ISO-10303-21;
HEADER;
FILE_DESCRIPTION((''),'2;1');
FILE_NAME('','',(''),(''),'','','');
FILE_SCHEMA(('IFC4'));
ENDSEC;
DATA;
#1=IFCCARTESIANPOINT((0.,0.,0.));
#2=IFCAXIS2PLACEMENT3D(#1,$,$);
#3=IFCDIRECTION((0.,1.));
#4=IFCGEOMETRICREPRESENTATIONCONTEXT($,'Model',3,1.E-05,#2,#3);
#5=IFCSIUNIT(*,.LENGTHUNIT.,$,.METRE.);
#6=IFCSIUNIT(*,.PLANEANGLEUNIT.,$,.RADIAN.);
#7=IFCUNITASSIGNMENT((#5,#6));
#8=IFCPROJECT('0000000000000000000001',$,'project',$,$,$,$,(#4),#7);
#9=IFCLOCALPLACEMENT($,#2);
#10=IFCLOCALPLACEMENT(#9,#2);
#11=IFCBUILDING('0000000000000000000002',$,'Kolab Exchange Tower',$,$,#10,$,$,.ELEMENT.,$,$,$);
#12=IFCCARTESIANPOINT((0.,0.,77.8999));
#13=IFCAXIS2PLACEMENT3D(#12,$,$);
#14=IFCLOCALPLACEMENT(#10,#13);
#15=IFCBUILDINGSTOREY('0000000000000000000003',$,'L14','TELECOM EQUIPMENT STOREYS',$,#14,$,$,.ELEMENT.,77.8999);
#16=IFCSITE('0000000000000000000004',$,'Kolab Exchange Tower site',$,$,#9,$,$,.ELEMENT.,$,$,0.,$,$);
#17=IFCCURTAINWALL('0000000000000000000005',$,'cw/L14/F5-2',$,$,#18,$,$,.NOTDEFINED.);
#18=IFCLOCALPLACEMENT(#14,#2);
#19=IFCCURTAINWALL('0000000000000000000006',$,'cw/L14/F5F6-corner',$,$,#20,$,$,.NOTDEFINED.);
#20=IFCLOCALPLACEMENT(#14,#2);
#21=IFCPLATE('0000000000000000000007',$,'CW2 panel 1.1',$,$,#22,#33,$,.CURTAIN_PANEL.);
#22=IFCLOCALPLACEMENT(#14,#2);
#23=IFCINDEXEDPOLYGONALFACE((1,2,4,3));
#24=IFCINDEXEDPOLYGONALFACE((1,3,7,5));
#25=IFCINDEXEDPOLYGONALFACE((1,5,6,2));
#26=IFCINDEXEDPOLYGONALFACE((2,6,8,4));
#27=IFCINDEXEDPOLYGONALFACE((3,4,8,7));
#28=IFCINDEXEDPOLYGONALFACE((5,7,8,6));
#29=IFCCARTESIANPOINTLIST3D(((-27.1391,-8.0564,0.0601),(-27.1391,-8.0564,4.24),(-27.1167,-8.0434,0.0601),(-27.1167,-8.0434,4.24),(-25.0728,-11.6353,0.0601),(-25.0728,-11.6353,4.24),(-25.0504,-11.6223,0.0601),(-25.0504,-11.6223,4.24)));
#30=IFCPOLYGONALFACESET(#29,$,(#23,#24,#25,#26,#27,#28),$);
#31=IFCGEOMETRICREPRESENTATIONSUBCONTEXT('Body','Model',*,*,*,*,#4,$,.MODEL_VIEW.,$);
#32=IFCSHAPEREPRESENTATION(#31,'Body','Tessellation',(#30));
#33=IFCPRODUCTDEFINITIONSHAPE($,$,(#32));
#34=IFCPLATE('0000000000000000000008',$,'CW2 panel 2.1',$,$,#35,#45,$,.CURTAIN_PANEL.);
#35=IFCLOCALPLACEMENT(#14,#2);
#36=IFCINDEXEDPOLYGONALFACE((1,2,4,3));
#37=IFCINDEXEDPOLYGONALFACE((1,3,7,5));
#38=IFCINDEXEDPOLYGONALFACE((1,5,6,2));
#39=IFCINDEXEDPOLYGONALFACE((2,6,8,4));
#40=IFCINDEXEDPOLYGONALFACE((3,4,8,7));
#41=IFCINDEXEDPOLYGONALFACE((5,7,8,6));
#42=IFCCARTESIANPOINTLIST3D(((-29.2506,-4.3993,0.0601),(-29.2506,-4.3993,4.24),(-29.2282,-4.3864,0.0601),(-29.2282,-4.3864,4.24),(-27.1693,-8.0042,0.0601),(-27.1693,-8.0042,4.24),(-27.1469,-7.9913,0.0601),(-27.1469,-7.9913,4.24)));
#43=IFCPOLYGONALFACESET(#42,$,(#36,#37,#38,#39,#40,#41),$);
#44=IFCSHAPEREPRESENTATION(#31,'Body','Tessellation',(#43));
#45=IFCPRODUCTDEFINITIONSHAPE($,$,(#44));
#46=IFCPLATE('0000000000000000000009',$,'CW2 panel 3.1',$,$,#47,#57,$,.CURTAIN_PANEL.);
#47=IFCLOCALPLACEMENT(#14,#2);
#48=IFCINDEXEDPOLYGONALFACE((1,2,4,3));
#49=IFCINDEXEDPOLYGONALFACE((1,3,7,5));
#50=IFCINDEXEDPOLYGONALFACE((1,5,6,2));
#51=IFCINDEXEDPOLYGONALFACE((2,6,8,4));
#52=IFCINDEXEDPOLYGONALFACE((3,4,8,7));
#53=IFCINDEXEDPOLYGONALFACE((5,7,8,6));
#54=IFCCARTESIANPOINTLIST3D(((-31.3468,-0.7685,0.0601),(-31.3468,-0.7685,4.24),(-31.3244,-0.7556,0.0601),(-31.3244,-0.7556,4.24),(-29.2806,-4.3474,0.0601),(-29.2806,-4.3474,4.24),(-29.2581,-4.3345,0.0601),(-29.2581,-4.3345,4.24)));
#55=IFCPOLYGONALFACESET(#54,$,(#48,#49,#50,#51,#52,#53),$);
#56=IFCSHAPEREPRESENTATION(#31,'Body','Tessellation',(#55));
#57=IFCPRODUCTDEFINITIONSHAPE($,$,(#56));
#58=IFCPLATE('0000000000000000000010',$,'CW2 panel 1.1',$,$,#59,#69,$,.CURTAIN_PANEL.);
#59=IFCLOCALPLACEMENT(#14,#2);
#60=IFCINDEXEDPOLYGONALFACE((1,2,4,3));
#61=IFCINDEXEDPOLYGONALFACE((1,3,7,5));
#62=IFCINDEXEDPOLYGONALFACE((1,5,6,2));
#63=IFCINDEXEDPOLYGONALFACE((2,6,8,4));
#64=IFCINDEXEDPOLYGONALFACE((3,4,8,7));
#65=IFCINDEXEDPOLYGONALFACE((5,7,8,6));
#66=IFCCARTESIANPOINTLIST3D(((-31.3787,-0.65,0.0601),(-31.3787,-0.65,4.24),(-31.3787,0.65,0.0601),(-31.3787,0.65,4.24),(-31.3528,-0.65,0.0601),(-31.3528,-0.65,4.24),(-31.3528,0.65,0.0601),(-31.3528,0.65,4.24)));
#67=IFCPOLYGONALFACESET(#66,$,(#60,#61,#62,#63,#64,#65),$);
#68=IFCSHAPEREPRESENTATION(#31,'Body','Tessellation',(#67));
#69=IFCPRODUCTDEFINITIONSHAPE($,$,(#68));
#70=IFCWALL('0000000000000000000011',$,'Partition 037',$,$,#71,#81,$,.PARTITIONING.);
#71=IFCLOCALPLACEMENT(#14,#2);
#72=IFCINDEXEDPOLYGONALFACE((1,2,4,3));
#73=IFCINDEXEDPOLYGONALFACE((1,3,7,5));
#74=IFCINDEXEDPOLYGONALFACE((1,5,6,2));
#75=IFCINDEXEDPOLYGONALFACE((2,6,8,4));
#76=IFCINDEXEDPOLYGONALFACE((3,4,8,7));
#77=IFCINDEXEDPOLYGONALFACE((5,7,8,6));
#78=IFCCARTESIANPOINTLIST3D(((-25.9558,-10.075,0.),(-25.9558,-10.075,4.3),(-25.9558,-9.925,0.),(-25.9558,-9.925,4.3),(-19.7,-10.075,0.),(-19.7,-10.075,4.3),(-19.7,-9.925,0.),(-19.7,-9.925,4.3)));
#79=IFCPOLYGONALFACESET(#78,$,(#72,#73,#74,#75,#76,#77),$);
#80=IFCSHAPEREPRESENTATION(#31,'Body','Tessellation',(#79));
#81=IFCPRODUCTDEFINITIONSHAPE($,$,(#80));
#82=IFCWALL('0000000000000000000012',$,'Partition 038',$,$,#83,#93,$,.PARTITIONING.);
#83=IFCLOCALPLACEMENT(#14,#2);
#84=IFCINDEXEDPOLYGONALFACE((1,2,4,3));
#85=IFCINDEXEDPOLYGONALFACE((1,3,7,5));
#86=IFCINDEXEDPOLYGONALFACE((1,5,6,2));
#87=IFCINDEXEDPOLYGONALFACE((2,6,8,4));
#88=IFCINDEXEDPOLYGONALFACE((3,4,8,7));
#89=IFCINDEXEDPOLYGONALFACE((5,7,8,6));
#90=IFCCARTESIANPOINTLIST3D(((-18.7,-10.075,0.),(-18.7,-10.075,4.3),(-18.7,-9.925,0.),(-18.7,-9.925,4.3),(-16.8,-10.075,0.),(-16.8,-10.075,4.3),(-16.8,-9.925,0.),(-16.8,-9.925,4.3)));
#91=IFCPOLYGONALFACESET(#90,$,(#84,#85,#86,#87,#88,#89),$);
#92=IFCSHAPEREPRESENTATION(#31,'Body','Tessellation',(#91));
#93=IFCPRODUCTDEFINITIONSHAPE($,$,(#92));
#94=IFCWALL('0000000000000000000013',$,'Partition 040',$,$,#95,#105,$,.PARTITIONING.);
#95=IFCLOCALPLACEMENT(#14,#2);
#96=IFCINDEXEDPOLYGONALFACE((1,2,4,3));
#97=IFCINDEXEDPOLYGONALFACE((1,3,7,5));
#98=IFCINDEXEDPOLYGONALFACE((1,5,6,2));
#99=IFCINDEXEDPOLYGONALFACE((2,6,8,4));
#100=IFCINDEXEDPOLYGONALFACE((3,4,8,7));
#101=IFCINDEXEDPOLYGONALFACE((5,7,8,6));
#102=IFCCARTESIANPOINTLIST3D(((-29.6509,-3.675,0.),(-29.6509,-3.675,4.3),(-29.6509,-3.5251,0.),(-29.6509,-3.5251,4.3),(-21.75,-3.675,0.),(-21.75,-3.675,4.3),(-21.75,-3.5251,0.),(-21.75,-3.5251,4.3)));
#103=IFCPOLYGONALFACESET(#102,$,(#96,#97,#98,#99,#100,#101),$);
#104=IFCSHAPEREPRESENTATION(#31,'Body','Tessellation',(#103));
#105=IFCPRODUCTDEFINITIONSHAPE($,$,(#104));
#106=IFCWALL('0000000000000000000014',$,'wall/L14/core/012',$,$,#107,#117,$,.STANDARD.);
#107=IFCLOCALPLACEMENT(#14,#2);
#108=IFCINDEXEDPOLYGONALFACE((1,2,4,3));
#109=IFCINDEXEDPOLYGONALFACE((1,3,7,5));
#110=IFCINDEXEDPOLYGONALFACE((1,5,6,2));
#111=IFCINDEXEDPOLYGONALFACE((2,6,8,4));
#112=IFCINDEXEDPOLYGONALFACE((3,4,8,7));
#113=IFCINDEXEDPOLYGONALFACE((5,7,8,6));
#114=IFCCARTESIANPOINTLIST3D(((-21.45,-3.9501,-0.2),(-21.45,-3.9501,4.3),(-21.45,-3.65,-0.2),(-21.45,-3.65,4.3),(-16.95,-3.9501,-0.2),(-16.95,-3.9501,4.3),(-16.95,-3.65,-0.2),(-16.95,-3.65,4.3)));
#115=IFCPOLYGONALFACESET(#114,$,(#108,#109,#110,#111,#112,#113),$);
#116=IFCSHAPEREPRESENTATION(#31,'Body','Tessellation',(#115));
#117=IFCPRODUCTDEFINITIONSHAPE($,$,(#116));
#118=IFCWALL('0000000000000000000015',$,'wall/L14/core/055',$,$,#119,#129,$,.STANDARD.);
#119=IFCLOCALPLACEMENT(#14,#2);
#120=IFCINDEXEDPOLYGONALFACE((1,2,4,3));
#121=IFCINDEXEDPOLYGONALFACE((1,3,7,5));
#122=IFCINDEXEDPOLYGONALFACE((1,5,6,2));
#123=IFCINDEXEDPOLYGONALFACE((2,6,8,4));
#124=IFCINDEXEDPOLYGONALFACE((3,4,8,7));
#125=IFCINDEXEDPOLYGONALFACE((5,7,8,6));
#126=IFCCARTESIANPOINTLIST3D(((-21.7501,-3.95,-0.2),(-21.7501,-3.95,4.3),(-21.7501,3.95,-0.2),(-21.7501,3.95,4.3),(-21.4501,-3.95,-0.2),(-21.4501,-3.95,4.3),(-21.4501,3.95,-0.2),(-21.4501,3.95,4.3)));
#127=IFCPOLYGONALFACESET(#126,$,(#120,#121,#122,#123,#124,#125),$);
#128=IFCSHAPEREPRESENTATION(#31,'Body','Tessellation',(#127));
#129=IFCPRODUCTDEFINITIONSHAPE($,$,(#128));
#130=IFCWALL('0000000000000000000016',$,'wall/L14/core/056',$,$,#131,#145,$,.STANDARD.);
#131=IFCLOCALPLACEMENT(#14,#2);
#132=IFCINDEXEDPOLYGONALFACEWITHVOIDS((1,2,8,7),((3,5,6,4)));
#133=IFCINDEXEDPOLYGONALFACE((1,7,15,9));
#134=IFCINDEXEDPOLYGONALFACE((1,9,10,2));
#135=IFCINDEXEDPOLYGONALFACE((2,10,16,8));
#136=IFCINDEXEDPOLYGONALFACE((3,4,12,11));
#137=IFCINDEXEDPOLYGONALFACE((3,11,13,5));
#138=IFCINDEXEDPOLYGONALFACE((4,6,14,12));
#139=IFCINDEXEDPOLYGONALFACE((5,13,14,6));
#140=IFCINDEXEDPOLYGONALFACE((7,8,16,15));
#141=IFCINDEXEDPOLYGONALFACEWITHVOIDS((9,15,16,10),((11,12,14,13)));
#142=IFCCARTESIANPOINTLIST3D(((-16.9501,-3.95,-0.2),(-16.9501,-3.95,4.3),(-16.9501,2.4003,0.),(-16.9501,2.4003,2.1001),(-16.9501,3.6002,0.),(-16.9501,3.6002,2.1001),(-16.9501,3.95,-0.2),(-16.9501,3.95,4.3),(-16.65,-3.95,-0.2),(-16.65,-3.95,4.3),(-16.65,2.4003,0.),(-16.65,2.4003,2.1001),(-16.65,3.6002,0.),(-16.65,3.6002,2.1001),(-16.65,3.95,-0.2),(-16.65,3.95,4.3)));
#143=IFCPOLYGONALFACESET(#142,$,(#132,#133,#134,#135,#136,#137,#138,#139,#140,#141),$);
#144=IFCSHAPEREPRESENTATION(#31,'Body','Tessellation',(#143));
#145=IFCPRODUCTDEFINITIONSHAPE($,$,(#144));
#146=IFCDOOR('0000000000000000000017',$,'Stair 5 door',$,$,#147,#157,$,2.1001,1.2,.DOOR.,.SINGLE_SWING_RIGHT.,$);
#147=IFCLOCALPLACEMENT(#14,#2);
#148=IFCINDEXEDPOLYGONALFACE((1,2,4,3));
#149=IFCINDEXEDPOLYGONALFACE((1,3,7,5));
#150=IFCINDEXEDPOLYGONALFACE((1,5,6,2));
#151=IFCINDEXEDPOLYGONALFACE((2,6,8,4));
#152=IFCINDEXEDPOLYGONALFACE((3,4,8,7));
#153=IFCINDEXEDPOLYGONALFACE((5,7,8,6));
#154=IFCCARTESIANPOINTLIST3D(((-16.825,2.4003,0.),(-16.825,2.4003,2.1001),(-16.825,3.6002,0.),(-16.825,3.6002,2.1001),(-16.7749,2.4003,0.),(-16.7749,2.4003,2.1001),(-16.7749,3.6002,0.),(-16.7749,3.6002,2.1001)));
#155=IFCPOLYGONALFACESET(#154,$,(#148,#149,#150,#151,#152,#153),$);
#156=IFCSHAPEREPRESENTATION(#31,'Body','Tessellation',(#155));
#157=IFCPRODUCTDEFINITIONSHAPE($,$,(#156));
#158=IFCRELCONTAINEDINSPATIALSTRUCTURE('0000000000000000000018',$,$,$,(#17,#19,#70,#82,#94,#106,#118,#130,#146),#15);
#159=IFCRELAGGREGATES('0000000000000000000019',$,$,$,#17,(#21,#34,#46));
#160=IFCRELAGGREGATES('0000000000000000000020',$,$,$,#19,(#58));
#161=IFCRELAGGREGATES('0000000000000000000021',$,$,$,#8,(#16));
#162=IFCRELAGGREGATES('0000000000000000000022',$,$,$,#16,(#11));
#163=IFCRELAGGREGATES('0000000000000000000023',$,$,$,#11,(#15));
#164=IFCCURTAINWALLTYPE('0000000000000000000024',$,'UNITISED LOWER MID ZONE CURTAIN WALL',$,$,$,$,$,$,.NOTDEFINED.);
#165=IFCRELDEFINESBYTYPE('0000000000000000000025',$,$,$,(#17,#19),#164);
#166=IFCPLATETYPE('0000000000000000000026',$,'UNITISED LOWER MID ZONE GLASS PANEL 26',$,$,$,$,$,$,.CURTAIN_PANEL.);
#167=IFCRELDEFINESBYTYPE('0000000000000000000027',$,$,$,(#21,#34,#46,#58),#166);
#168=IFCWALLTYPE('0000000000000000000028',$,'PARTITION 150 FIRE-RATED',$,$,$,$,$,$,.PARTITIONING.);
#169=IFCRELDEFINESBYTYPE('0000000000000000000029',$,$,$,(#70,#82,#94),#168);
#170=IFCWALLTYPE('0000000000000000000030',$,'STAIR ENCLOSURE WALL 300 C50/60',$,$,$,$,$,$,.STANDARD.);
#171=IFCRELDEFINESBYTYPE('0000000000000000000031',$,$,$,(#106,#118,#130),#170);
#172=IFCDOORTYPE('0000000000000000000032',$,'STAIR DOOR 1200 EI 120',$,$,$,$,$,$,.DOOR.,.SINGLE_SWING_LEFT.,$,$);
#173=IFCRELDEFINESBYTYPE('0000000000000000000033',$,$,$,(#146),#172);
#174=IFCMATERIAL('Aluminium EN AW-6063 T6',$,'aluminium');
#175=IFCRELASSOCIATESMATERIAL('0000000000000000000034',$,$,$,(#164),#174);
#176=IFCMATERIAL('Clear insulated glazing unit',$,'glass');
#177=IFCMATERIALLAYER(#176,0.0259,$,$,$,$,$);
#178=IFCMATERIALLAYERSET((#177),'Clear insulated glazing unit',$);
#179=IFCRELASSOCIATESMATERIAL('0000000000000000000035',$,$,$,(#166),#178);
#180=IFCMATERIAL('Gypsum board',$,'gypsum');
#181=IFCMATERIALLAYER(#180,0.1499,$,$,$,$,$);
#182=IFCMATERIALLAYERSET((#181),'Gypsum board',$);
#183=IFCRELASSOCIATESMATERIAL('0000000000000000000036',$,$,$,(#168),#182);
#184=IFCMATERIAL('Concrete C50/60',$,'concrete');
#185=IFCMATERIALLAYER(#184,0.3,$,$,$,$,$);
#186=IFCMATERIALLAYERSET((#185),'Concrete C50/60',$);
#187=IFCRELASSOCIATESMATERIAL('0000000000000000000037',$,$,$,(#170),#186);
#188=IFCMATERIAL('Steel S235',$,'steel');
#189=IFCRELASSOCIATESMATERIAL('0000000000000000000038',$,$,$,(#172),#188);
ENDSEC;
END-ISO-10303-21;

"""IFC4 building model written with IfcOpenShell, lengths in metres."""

from ifc_helpers import new_model, si_unit, direction, frame, frame_2d, origin, origin_2d, place, context, subcontext, project, spatial, rectangle, extrude, material, layer, layer_set, type_object, element, fill, aggregate, save


model = new_model("IFC4")

# Units and contexts
model_context = context("Model", 3, precision=1e-05, world=origin(), true_north=direction((0.0, 1.0)))
body_context = subcontext(model_context, "Body", "Model", "MODEL_VIEW")
ifc_project = project(units=[si_unit("LENGTHUNIT", "METRE"), si_unit("PLANEANGLEUNIT", "RADIAN")], contexts=[model_context])

# Site, building, storey
site_placement = place(None, origin())
site = spatial("IfcSite", under=ifc_project, at=site_placement, Name="Kolab Exchange Tower site", CompositionType="ELEMENT", RefElevation=0.0)
building_placement = place(site_placement, origin())
building = spatial("IfcBuilding", under=site, at=building_placement, Name="Kolab Exchange Tower", CompositionType="ELEMENT")
storey_placement = place(building_placement, frame((0.0, 0.0, 77.8999)))
storey = spatial("IfcBuildingStorey", under=building, at=storey_placement, Name="L14", Description="TELECOM EQUIPMENT STOREYS", CompositionType="ELEMENT", Elevation=77.8999)

# Curtain wall
ifc_material_1 = material(Name="Aluminium EN AW-6063 T6", Category="aluminium")
curtain_wall_type = type_object("IfcCurtainWallType", Name="UNITISED LOWER MID ZONE CURTAIN WALL", PredefinedType="NOTDEFINED", material=ifc_material_1)
curtain_wall_1_placement = place(storey_placement, origin())
curtain_wall_1 = element("IfcCurtainWall", 1, at=curtain_wall_1_placement, inside=storey, type_object=curtain_wall_type, Name="cw/L14/F5-2", PredefinedType="NOTDEFINED")

# Curtain wall
curtain_wall_2_placement = place(storey_placement, origin())
curtain_wall_2 = element("IfcCurtainWall", 2, at=curtain_wall_2_placement, inside=storey, type_object=curtain_wall_type, Name="cw/L14/F5F6-corner", PredefinedType="NOTDEFINED")

# Plates
ifc_material_2 = material(Name="Clear insulated glazing unit", Category="glass")
ifc_layer_1 = layer(ifc_material_2, 0.0259)
ifc_layer_set_1 = layer_set([ifc_layer_1], Name="Clear insulated glazing unit")
plate_type = type_object("IfcPlateType", Name="UNITISED LOWER MID ZONE GLASS PANEL 26", PredefinedType="CURTAIN_PANEL", material=ifc_layer_set_1)
plate_1_placement = place(storey_placement, frame((-26.0947, -9.8394, 0.0601), z_axis=(0.0, 0.0, 1.0), x_axis=(-0.5, 0.866025, 0.0)))
plate_1 = element("IfcPlate", 3, at=plate_1_placement, type_object=plate_type, Name="CW2 panel 1.1", PredefinedType="CURTAIN_PANEL", context=body_context, shape_type="SweptSolid", body=[
    extrude(rectangle(XDim=4.1326, YDim=0.0259, at=origin_2d()), origin(), (0.0, 0.0, 1.0), 4.1799),
])
plate_2_placement = place(storey_placement, frame((-28.1987, -6.1953, 0.0601), z_axis=(0.0, 0.0, 1.0), x_axis=(-0.5, 0.866025, 0.0)))
plate_2 = element("IfcPlate", 4, at=plate_2_placement, type_object=plate_type, Name="CW2 panel 2.1", PredefinedType="CURTAIN_PANEL", context=body_context, shape_type="SweptSolid", body=[
    extrude(rectangle(XDim=4.1626, YDim=0.0259, at=origin_2d()), origin(), (0.0, 0.0, 1.0), 4.1799),
])
plate_3_placement = place(storey_placement, frame((-30.3025, -2.5515, 0.0601), z_axis=(0.0, 0.0, 1.0), x_axis=(-0.5, 0.866025, 0.0)))
plate_3 = element("IfcPlate", 5, at=plate_3_placement, type_object=plate_type, Name="CW2 panel 3.1", PredefinedType="CURTAIN_PANEL", context=body_context, shape_type="SweptSolid", body=[
    extrude(rectangle(XDim=4.1326, YDim=0.0259, at=origin_2d()), origin(), (0.0, 0.0, 1.0), 4.1799),
])
aggregate(curtain_wall_1, [plate_1, plate_2, plate_3])
plate_4_placement = place(storey_placement, frame((-31.3657, 0.0, 0.0601), z_axis=(0.0, 0.0, 1.0), x_axis=(0.0, 1.0, 0.0)))
plate_4 = element("IfcPlate", 6, at=plate_4_placement, type_object=plate_type, Name="CW2 panel 1.1", PredefinedType="CURTAIN_PANEL", context=body_context, shape_type="SweptSolid", body=[
    extrude(rectangle(XDim=1.3, YDim=0.0259, at=origin_2d()), origin(), (0.0, 0.0, 1.0), 4.1799),
])
aggregate(curtain_wall_2, [plate_4])

# Walls
ifc_material_3 = material(Name="Gypsum board", Category="gypsum")
ifc_layer_2 = layer(ifc_material_3, 0.1499)
ifc_layer_set_2 = layer_set([ifc_layer_2], Name="Gypsum board")
wall_type_1 = type_object("IfcWallType", Name="PARTITION 150 FIRE-RATED", PredefinedType="PARTITIONING", material=ifc_layer_set_2)
wall_1_placement = place(storey_placement, frame((-25.9558, -10.0, 0.0), z_axis=(0.0, 0.0, 1.0), x_axis=(1.0, 0.0, 0.0)))
element("IfcWall", 7, at=wall_1_placement, inside=storey, type_object=wall_type_1, Name="Partition 037", PredefinedType="PARTITIONING", context=body_context, shape_type="SweptSolid", body=[
    extrude(rectangle(XDim=6.2559, YDim=0.1499, at=frame_2d((3.1279, 0.0))), origin(), (0.0, 0.0, 1.0), 4.3),
])
wall_2_placement = place(storey_placement, frame((-18.7, -10.0, 0.0), z_axis=(0.0, 0.0, 1.0), x_axis=(1.0, 0.0, 0.0)))
element("IfcWall", 8, at=wall_2_placement, inside=storey, type_object=wall_type_1, Name="Partition 038", PredefinedType="PARTITIONING", context=body_context, shape_type="SweptSolid", body=[
    extrude(rectangle(XDim=1.8999, YDim=0.1499, at=frame_2d((0.95, 0.0))), origin(), (0.0, 0.0, 1.0), 4.3),
])
wall_3_placement = place(storey_placement, frame((-29.6509, -3.6001, 0.0), z_axis=(0.0, 0.0, 1.0), x_axis=(1.0, 0.0, 0.0)))
element("IfcWall", 9, at=wall_3_placement, inside=storey, type_object=wall_type_1, Name="Partition 040", PredefinedType="PARTITIONING", context=body_context, shape_type="SweptSolid", body=[
    extrude(rectangle(XDim=7.9009, YDim=0.1499, at=frame_2d((3.9504, 0.0))), origin(), (0.0, 0.0, 1.0), 4.3),
])
ifc_material_4 = material(Name="Concrete C50/60", Category="concrete")
ifc_layer_3 = layer(ifc_material_4, 0.3)
ifc_layer_set_3 = layer_set([ifc_layer_3], Name="Concrete C50/60")
wall_type_2 = type_object("IfcWallType", Name="STAIR ENCLOSURE WALL 300 C50/60", PredefinedType="STANDARD", material=ifc_layer_set_3)
wall_4_placement = place(storey_placement, frame((-21.45, -3.8, -0.2), z_axis=(0.0, 0.0, 1.0), x_axis=(1.0, 0.0, 0.0)))
element("IfcWall", 10, at=wall_4_placement, inside=storey, type_object=wall_type_2, Name="wall/L14/core/012", PredefinedType="STANDARD", context=body_context, shape_type="SweptSolid", body=[
    extrude(rectangle(XDim=4.5, YDim=0.3, at=frame_2d((2.25, 0.0))), origin(), (0.0, 0.0, 1.0), 4.5),
])
wall_5_placement = place(storey_placement, frame((-21.6001, -3.95, -0.2), z_axis=(0.0, 0.0, 1.0), x_axis=(0.0, 1.0, 0.0)))
element("IfcWall", 11, at=wall_5_placement, inside=storey, type_object=wall_type_2, Name="wall/L14/core/055", PredefinedType="STANDARD", context=body_context, shape_type="SweptSolid", body=[
    extrude(rectangle(XDim=7.8999, YDim=0.3, at=frame_2d((3.95, 0.0))), origin(), (0.0, 0.0, 1.0), 4.5),
])

# Wall, opening, door
wall_6_placement = place(storey_placement, frame((-16.8, -3.95, -0.2), z_axis=(0.0, 0.0, 1.0), x_axis=(0.0, 1.0, 0.0)))
wall_6 = element("IfcWall", 12, at=wall_6_placement, inside=storey, type_object=wall_type_2, Name="wall/L14/core/056", PredefinedType="STANDARD", context=body_context, shape_type="SweptSolid", body=[
    extrude(rectangle(XDim=7.8999, YDim=0.3, at=frame_2d((3.95, 0.0))), origin(), (0.0, 0.0, 1.0), 4.5),
])
opening_placement = place(wall_6_placement, frame((6.3501, 0.0, 0.2)))
opening = element("IfcOpeningElement", 13, at=opening_placement, cuts=wall_6, PredefinedType="OPENING", context=body_context, shape_type="SweptSolid", body=[
    extrude(rectangle(XDim=1.2, YDim=2.1001, at=frame_2d((0.6001, 1.05))), frame((0.0, 0.1602, 0.0), z_axis=(0.0, -1.0, 0.0), x_axis=(1.0, 0.0, 0.0)), (0.0, 0.0, 1.0), 0.3201),
])
ifc_material_5 = material(Name="Steel S235", Category="steel")
door_type = type_object("IfcDoorType", Name="STAIR DOOR 1200 EI 120", OperationType="SINGLE_SWING_LEFT", PredefinedType="DOOR", material=ifc_material_5)
door_placement = place(opening_placement, origin())
door = element("IfcDoor", 14, at=door_placement, inside=storey, type_object=door_type, Name="Stair 5 door", OperationType="SINGLE_SWING_RIGHT", OverallHeight=2.1001, OverallWidth=1.2, PredefinedType="DOOR", context=body_context, shape_type="SweptSolid", body=[
    extrude(rectangle(XDim=1.2, YDim=2.1001, at=frame_2d((0.6001, 1.05))), frame((0.0, 0.0249, 0.0), z_axis=(0.0, -1.0, 0.0), x_axis=(1.0, 0.0, 0.0)), (0.0, 0.0, 1.0), 0.05),
])
fill(opening, door)

save(model, "model.ifc")
